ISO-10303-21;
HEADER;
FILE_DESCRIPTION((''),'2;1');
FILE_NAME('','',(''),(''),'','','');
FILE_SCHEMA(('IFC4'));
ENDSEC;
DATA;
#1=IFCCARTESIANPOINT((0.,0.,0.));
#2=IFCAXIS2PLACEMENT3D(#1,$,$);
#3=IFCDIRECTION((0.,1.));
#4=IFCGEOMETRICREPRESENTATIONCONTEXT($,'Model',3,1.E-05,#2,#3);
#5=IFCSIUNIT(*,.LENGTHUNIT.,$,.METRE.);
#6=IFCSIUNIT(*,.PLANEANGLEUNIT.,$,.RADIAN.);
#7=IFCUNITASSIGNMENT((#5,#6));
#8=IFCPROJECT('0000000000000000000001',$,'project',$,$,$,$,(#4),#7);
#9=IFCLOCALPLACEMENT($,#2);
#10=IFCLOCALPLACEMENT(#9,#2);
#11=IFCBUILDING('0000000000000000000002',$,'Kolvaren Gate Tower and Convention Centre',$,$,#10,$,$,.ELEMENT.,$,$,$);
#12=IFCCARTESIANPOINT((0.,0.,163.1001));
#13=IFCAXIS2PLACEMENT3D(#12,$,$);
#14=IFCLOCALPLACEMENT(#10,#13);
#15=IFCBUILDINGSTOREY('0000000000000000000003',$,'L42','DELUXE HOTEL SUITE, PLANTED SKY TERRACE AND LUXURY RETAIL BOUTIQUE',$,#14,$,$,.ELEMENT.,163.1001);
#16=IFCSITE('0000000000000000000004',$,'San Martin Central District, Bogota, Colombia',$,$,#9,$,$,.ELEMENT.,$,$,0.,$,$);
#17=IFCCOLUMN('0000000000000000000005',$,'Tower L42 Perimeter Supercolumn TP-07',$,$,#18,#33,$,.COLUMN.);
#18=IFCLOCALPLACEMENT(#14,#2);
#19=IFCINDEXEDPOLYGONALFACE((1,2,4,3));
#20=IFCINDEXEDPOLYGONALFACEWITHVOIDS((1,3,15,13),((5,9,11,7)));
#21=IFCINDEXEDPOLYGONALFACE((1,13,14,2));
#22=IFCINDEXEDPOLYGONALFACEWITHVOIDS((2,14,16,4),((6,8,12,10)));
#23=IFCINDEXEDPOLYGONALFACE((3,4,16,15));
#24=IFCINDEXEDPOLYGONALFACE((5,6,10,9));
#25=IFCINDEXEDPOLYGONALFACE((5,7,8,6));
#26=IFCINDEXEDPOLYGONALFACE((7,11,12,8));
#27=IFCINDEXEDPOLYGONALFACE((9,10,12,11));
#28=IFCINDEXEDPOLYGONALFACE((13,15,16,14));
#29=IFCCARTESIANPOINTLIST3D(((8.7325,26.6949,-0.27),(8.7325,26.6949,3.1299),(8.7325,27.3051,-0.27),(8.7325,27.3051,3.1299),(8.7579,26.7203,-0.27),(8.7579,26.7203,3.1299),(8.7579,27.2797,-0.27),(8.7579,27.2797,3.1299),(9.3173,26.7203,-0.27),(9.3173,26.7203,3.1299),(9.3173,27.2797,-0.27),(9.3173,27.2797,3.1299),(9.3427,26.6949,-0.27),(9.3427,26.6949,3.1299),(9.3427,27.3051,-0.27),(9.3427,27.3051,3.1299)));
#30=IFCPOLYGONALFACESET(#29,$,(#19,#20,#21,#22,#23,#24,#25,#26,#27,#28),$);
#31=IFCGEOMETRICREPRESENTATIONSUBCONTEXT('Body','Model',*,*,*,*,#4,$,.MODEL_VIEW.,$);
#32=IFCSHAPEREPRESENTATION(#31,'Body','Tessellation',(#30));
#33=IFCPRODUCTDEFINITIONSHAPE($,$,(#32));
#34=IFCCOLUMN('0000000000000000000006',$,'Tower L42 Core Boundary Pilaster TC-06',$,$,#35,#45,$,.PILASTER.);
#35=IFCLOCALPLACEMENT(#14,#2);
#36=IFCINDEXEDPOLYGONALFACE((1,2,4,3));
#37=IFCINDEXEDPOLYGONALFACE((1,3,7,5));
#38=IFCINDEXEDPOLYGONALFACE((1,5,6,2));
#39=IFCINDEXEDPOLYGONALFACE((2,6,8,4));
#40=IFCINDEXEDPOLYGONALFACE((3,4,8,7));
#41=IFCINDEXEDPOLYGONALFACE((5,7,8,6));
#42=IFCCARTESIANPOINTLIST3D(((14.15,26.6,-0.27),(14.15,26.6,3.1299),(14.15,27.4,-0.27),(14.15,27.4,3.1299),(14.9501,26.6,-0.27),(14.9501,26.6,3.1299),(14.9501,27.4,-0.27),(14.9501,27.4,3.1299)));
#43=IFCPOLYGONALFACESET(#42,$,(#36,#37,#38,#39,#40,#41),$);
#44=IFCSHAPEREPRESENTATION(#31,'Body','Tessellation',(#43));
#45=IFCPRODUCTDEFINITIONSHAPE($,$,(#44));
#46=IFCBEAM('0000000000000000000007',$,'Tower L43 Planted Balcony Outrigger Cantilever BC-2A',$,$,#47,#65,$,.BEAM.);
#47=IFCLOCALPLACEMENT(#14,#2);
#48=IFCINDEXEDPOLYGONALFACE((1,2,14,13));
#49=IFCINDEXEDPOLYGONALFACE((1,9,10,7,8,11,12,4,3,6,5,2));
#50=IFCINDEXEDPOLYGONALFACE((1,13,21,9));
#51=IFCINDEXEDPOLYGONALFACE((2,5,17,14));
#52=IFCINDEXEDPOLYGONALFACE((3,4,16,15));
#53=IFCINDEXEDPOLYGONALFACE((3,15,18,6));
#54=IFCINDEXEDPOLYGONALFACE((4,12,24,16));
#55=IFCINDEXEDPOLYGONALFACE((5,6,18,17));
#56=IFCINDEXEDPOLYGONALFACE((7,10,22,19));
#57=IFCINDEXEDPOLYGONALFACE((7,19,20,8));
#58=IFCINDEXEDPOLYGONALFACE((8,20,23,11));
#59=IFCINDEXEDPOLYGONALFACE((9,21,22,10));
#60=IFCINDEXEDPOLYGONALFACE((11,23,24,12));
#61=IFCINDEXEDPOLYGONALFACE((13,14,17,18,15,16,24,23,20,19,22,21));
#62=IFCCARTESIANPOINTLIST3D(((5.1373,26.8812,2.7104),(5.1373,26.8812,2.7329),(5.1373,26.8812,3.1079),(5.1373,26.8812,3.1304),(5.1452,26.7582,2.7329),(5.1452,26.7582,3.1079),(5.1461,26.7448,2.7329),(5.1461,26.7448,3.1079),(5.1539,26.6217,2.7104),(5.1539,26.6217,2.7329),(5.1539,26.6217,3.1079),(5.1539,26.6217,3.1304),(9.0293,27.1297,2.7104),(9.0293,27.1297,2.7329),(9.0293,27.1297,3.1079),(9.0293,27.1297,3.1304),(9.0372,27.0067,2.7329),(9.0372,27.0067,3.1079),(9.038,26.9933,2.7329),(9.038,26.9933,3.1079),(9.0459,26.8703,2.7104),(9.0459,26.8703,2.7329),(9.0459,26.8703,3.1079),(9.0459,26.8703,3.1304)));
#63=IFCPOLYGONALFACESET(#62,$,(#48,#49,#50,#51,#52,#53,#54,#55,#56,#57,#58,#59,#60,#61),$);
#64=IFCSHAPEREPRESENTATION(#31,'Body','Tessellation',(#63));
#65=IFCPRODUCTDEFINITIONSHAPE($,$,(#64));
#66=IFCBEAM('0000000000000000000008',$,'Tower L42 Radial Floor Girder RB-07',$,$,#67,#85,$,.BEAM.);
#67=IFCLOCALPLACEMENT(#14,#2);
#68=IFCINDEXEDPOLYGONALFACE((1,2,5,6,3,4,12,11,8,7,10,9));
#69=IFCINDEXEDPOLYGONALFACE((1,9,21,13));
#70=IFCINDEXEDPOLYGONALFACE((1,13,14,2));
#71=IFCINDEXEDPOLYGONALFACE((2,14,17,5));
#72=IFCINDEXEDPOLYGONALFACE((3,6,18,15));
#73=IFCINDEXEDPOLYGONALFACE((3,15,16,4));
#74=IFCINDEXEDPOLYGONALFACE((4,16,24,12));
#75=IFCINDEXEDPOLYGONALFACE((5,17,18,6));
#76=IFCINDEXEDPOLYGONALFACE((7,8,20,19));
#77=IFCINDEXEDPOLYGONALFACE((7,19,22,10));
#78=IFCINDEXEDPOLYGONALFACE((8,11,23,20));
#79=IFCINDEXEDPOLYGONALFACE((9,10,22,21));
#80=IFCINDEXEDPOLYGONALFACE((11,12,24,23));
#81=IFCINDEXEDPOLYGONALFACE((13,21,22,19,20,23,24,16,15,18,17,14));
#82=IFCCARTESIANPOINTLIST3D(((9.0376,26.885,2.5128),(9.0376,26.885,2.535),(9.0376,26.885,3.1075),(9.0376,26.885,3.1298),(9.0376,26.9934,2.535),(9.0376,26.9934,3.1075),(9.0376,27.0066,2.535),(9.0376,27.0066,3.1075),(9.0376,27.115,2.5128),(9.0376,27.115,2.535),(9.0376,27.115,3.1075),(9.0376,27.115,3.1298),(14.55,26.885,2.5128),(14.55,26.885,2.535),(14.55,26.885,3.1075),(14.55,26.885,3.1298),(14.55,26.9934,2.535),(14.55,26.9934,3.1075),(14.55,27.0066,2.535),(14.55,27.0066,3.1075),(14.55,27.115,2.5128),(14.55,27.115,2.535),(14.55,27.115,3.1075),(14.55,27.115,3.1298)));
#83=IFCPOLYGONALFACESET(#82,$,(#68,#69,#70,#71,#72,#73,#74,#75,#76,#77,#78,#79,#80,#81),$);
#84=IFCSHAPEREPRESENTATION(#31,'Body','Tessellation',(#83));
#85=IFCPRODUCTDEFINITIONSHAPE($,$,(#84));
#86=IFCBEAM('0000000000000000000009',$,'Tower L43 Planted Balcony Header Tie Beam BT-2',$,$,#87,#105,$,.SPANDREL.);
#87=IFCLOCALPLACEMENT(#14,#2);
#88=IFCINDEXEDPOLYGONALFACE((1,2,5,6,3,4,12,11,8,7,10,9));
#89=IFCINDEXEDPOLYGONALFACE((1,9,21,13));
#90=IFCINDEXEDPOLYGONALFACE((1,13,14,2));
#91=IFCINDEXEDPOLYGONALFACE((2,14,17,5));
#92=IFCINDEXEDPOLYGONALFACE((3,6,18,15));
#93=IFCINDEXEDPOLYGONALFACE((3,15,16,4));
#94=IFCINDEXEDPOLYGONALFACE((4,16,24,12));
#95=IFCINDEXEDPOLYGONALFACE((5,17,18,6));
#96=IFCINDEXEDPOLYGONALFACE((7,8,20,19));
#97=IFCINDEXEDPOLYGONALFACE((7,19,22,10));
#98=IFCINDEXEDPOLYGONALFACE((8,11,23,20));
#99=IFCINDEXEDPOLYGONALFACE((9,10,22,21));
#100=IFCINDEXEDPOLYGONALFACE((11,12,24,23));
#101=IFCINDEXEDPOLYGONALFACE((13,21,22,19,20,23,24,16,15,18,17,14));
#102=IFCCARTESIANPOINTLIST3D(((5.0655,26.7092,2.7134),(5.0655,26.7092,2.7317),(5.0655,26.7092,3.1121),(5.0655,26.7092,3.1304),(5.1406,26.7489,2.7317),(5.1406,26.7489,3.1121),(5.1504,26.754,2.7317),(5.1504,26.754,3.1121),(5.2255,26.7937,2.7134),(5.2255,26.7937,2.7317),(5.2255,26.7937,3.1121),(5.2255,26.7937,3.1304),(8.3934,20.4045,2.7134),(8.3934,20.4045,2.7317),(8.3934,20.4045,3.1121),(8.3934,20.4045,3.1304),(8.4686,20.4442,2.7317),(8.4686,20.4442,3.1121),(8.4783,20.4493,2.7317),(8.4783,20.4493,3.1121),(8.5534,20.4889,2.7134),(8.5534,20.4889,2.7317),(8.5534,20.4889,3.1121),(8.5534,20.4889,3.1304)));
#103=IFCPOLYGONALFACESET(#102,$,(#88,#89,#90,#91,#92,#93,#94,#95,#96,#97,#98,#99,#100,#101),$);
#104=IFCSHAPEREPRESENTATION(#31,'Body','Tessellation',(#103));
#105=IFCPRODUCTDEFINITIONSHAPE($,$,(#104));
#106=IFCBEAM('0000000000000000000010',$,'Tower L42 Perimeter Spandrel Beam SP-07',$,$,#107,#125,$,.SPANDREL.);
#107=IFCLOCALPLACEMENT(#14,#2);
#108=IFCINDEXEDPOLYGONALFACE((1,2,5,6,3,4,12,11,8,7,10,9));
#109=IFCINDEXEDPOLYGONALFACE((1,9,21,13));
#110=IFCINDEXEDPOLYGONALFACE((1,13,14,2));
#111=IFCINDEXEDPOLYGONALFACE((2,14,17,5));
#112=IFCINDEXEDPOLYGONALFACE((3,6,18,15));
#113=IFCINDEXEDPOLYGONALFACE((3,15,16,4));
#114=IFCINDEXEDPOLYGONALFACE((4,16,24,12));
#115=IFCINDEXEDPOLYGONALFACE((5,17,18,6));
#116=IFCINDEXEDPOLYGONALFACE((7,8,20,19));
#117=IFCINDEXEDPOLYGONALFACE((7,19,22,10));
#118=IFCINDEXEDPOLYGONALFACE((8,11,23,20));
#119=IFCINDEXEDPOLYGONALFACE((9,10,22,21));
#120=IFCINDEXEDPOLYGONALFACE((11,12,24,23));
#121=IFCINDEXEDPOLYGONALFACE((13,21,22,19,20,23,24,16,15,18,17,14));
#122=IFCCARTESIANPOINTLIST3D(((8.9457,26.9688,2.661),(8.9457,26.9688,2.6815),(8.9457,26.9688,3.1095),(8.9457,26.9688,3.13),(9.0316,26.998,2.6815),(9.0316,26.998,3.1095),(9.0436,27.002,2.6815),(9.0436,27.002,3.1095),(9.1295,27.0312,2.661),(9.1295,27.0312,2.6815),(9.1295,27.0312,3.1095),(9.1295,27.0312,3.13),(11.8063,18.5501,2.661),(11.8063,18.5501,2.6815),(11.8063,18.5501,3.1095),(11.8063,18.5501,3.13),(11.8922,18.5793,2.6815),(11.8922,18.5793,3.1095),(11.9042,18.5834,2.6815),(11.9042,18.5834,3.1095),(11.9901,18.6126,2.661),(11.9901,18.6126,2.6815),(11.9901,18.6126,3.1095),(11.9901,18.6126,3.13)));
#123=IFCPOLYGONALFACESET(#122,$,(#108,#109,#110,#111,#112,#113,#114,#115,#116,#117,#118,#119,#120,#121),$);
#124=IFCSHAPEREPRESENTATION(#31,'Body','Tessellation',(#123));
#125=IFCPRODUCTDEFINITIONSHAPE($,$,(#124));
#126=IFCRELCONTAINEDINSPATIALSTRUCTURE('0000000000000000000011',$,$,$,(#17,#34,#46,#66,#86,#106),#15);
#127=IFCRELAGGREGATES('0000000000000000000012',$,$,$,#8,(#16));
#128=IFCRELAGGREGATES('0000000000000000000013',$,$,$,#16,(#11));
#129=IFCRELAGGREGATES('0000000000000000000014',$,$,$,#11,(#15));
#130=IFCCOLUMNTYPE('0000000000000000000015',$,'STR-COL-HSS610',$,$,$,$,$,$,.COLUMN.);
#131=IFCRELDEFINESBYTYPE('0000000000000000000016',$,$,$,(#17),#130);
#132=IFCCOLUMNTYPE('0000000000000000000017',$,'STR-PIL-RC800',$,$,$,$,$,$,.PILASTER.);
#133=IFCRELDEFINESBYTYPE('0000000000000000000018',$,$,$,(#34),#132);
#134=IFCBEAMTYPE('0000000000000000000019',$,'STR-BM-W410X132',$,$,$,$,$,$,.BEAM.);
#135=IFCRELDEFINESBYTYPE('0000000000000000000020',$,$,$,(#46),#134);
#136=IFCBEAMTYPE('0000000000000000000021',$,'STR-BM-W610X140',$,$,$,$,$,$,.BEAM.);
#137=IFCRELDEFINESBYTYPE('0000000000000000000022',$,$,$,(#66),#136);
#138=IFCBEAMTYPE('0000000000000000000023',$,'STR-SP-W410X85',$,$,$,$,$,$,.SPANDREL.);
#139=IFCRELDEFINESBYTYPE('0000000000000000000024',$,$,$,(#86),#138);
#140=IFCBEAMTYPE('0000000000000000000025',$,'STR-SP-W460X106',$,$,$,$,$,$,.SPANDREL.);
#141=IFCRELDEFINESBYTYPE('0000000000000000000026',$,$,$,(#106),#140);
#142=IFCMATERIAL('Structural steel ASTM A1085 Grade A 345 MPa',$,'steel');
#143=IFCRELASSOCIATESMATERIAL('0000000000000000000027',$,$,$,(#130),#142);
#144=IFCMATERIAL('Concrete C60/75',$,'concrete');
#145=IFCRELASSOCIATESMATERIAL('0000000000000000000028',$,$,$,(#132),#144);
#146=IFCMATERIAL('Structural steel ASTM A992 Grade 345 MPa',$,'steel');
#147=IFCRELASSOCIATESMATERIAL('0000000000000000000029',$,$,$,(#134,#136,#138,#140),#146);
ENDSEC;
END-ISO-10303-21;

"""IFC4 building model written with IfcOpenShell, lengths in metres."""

from ifc_helpers import new_model, si_unit, direction, frame, origin, origin_2d, place, context, subcontext, project, spatial, rectangle, hollow_rectangle, i_section, extrude, material, material_profile, profile_set, type_object, element, save


model = new_model("IFC4")

# Units and contexts
model_context = context("Model", 3, precision=1e-05, world=origin(), true_north=direction((0.0, 1.0)))
body_context = subcontext(model_context, "Body", "Model", "MODEL_VIEW")
ifc_project = project(units=[si_unit("LENGTHUNIT", "METRE"), si_unit("PLANEANGLEUNIT", "RADIAN")], contexts=[model_context])

# Site, building, storey
site_placement = place(None, origin())
site = spatial("IfcSite", under=ifc_project, at=site_placement, Name="San Martin Central District, Bogota, Colombia", CompositionType="ELEMENT", RefElevation=0.0)
building_placement = place(site_placement, origin())
building = spatial("IfcBuilding", under=site, at=building_placement, Name="Kolvaren Gate Tower and Convention Centre", CompositionType="ELEMENT")
storey_placement = place(building_placement, frame((0.0, 0.0, 163.1001)))
storey = spatial("IfcBuildingStorey", under=building, at=storey_placement, Name="L42", Description="DELUXE HOTEL SUITE, PLANTED SKY TERRACE AND LUXURY RETAIL BOUTIQUE", CompositionType="ELEMENT", Elevation=163.1001)

# Columns
ifc_material_1 = material(Name="Structural steel ASTM A1085 Grade A 345 MPa", Category="steel")
ifc_material_profile_1 = material_profile(ifc_material_1, hollow_rectangle(XDim=0.6101, YDim=0.6101, WallThickness=0.0254, at=origin_2d()), Name="HSS610X610X25.4")
ifc_profile_set_1 = profile_set([ifc_material_profile_1], Name="Structural steel ASTM A1085 Grade A 345 MPa")
column_type_1 = type_object("IfcColumnType", Name="STR-COL-HSS610", PredefinedType="COLUMN", material=ifc_profile_set_1)
column_1_placement = place(storey_placement, frame((9.0376, 27.0, -0.27), z_axis=(0.0, 0.0, 1.0), x_axis=(1.0, 0.0, 0.0)))
element("IfcColumn", 1, at=column_1_placement, inside=storey, type_object=column_type_1, Name="Tower L42 Perimeter Supercolumn TP-07", PredefinedType="COLUMN", context=body_context, shape_type="SweptSolid", body=[
    extrude(hollow_rectangle(XDim=0.6101, YDim=0.6101, WallThickness=0.0254, at=origin_2d()), origin(), (0.0, 0.0, 1.0), 3.3999),
])
ifc_material_2 = material(Name="Concrete C60/75", Category="concrete")
ifc_material_profile_2 = material_profile(ifc_material_2, rectangle(XDim=0.8, YDim=0.8, at=origin_2d()), Name="RC-COL-800X800")
ifc_profile_set_2 = profile_set([ifc_material_profile_2], Name="Concrete C60/75")
column_type_2 = type_object("IfcColumnType", Name="STR-PIL-RC800", PredefinedType="PILASTER", material=ifc_profile_set_2)
column_2_placement = place(storey_placement, frame((14.55, 27.0, -0.27), z_axis=(0.0, 0.0, 1.0), x_axis=(1.0, 0.0, 0.0)))
element("IfcColumn", 2, at=column_2_placement, inside=storey, type_object=column_type_2, Name="Tower L42 Core Boundary Pilaster TC-06", PredefinedType="PILASTER", context=body_context, shape_type="SweptSolid", body=[
    extrude(rectangle(XDim=0.8, YDim=0.8, at=origin_2d()), origin(), (0.0, 0.0, 1.0), 3.3999),
])

# Beams
ifc_material_3 = material(Name="Structural steel ASTM A992 Grade 345 MPa", Category="steel")
ifc_material_profile_3 = material_profile(ifc_material_3, i_section(OverallWidth=0.26, OverallDepth=0.4199, WebThickness=0.0134, FlangeThickness=0.0225, at=origin_2d()), Name="W410X132")
ifc_profile_set_3 = profile_set([ifc_material_profile_3], Name="Structural steel ASTM A992 Grade 345 MPa")
beam_type_1 = type_object("IfcBeamType", Name="STR-BM-W410X132", PredefinedType="BEAM", material=ifc_profile_set_3)
beam_1_placement = place(storey_placement, frame((9.0376, 27.0, 2.9204), z_axis=(-0.997967, -0.063727, 0.0), x_axis=(0.063727, -0.997967, 0.0)))
element("IfcBeam", 3, at=beam_1_placement, inside=storey, type_object=beam_type_1, Name="Tower L43 Planted Balcony Outrigger Cantilever BC-2A", PredefinedType="BEAM", context=body_context, shape_type="SweptSolid", body=[
    extrude(i_section(OverallWidth=0.26, OverallDepth=0.4199, WebThickness=0.0134, FlangeThickness=0.0225, at=origin_2d()), origin(), (0.0, 0.0, 1.0), 3.8999),
])
ifc_material_profile_4 = material_profile(ifc_material_3, i_section(OverallWidth=0.23, OverallDepth=0.6169, WebThickness=0.0132, FlangeThickness=0.0222, at=origin_2d()), Name="W610X140")
ifc_profile_set_4 = profile_set([ifc_material_profile_4], Name="Structural steel ASTM A992 Grade 345 MPa")
beam_type_2 = type_object("IfcBeamType", Name="STR-BM-W610X140", PredefinedType="BEAM", material=ifc_profile_set_4)
beam_2_placement = place(storey_placement, frame((14.55, 27.0, 2.8213), z_axis=(-1.0, 0.0, 0.0), x_axis=(0.0, -1.0, 0.0)))
element("IfcBeam", 4, at=beam_2_placement, inside=storey, type_object=beam_type_2, Name="Tower L42 Radial Floor Girder RB-07", PredefinedType="BEAM", context=body_context, shape_type="SweptSolid", body=[
    extrude(i_section(OverallWidth=0.23, OverallDepth=0.6169, WebThickness=0.0132, FlangeThickness=0.0222, at=origin_2d()), origin(), (0.0, 0.0, 1.0), 5.5125),
])
ifc_material_profile_5 = material_profile(ifc_material_3, i_section(OverallWidth=0.1809, OverallDepth=0.417, WebThickness=0.011, FlangeThickness=0.0183, at=origin_2d()), Name="W410X85")
ifc_profile_set_5 = profile_set([ifc_material_profile_5], Name="Structural steel ASTM A992 Grade 345 MPa")
beam_type_3 = type_object("IfcBeamType", Name="STR-SP-W410X85", PredefinedType="SPANDREL", material=ifc_profile_set_5)
beam_3_placement = place(storey_placement, frame((5.1455, 26.7515, 2.9219), z_axis=(0.466803, -0.884361, 0.0), x_axis=(0.884361, 0.466803, 0.0)))
element("IfcBeam", 5, at=beam_3_placement, inside=storey, type_object=beam_type_3, Name="Tower L43 Planted Balcony Header Tie Beam BT-2", PredefinedType="SPANDREL", context=body_context, shape_type="SweptSolid", body=[
    extrude(i_section(OverallWidth=0.1809, OverallDepth=0.417, WebThickness=0.011, FlangeThickness=0.0183, at=origin_2d()), origin(), (0.0, 0.0, 1.0), 7.1292),
])
ifc_material_profile_6 = material_profile(ifc_material_3, i_section(OverallWidth=0.1941, OverallDepth=0.469, WebThickness=0.0127, FlangeThickness=0.0205, at=origin_2d()), Name="W460X106")
ifc_profile_set_6 = profile_set([ifc_material_profile_6], Name="Structural steel ASTM A992 Grade 345 MPa")
beam_type_4 = type_object("IfcBeamType", Name="STR-SP-W460X106", PredefinedType="SPANDREL", material=ifc_profile_set_6)
beam_4_placement = place(storey_placement, frame((9.0376, 27.0, 2.8955), z_axis=(0.321725, -0.946833, 0.0), x_axis=(0.946833, 0.321725, 0.0)))
element("IfcBeam", 6, at=beam_4_placement, inside=storey, type_object=beam_type_4, Name="Tower L42 Perimeter Spandrel Beam SP-07", PredefinedType="SPANDREL", context=body_context, shape_type="SweptSolid", body=[
    extrude(i_section(OverallWidth=0.1941, OverallDepth=0.469, WebThickness=0.0127, FlangeThickness=0.0205, at=origin_2d()), origin(), (0.0, 0.0, 1.0), 8.8914),
])

save(model, "model.ifc")
